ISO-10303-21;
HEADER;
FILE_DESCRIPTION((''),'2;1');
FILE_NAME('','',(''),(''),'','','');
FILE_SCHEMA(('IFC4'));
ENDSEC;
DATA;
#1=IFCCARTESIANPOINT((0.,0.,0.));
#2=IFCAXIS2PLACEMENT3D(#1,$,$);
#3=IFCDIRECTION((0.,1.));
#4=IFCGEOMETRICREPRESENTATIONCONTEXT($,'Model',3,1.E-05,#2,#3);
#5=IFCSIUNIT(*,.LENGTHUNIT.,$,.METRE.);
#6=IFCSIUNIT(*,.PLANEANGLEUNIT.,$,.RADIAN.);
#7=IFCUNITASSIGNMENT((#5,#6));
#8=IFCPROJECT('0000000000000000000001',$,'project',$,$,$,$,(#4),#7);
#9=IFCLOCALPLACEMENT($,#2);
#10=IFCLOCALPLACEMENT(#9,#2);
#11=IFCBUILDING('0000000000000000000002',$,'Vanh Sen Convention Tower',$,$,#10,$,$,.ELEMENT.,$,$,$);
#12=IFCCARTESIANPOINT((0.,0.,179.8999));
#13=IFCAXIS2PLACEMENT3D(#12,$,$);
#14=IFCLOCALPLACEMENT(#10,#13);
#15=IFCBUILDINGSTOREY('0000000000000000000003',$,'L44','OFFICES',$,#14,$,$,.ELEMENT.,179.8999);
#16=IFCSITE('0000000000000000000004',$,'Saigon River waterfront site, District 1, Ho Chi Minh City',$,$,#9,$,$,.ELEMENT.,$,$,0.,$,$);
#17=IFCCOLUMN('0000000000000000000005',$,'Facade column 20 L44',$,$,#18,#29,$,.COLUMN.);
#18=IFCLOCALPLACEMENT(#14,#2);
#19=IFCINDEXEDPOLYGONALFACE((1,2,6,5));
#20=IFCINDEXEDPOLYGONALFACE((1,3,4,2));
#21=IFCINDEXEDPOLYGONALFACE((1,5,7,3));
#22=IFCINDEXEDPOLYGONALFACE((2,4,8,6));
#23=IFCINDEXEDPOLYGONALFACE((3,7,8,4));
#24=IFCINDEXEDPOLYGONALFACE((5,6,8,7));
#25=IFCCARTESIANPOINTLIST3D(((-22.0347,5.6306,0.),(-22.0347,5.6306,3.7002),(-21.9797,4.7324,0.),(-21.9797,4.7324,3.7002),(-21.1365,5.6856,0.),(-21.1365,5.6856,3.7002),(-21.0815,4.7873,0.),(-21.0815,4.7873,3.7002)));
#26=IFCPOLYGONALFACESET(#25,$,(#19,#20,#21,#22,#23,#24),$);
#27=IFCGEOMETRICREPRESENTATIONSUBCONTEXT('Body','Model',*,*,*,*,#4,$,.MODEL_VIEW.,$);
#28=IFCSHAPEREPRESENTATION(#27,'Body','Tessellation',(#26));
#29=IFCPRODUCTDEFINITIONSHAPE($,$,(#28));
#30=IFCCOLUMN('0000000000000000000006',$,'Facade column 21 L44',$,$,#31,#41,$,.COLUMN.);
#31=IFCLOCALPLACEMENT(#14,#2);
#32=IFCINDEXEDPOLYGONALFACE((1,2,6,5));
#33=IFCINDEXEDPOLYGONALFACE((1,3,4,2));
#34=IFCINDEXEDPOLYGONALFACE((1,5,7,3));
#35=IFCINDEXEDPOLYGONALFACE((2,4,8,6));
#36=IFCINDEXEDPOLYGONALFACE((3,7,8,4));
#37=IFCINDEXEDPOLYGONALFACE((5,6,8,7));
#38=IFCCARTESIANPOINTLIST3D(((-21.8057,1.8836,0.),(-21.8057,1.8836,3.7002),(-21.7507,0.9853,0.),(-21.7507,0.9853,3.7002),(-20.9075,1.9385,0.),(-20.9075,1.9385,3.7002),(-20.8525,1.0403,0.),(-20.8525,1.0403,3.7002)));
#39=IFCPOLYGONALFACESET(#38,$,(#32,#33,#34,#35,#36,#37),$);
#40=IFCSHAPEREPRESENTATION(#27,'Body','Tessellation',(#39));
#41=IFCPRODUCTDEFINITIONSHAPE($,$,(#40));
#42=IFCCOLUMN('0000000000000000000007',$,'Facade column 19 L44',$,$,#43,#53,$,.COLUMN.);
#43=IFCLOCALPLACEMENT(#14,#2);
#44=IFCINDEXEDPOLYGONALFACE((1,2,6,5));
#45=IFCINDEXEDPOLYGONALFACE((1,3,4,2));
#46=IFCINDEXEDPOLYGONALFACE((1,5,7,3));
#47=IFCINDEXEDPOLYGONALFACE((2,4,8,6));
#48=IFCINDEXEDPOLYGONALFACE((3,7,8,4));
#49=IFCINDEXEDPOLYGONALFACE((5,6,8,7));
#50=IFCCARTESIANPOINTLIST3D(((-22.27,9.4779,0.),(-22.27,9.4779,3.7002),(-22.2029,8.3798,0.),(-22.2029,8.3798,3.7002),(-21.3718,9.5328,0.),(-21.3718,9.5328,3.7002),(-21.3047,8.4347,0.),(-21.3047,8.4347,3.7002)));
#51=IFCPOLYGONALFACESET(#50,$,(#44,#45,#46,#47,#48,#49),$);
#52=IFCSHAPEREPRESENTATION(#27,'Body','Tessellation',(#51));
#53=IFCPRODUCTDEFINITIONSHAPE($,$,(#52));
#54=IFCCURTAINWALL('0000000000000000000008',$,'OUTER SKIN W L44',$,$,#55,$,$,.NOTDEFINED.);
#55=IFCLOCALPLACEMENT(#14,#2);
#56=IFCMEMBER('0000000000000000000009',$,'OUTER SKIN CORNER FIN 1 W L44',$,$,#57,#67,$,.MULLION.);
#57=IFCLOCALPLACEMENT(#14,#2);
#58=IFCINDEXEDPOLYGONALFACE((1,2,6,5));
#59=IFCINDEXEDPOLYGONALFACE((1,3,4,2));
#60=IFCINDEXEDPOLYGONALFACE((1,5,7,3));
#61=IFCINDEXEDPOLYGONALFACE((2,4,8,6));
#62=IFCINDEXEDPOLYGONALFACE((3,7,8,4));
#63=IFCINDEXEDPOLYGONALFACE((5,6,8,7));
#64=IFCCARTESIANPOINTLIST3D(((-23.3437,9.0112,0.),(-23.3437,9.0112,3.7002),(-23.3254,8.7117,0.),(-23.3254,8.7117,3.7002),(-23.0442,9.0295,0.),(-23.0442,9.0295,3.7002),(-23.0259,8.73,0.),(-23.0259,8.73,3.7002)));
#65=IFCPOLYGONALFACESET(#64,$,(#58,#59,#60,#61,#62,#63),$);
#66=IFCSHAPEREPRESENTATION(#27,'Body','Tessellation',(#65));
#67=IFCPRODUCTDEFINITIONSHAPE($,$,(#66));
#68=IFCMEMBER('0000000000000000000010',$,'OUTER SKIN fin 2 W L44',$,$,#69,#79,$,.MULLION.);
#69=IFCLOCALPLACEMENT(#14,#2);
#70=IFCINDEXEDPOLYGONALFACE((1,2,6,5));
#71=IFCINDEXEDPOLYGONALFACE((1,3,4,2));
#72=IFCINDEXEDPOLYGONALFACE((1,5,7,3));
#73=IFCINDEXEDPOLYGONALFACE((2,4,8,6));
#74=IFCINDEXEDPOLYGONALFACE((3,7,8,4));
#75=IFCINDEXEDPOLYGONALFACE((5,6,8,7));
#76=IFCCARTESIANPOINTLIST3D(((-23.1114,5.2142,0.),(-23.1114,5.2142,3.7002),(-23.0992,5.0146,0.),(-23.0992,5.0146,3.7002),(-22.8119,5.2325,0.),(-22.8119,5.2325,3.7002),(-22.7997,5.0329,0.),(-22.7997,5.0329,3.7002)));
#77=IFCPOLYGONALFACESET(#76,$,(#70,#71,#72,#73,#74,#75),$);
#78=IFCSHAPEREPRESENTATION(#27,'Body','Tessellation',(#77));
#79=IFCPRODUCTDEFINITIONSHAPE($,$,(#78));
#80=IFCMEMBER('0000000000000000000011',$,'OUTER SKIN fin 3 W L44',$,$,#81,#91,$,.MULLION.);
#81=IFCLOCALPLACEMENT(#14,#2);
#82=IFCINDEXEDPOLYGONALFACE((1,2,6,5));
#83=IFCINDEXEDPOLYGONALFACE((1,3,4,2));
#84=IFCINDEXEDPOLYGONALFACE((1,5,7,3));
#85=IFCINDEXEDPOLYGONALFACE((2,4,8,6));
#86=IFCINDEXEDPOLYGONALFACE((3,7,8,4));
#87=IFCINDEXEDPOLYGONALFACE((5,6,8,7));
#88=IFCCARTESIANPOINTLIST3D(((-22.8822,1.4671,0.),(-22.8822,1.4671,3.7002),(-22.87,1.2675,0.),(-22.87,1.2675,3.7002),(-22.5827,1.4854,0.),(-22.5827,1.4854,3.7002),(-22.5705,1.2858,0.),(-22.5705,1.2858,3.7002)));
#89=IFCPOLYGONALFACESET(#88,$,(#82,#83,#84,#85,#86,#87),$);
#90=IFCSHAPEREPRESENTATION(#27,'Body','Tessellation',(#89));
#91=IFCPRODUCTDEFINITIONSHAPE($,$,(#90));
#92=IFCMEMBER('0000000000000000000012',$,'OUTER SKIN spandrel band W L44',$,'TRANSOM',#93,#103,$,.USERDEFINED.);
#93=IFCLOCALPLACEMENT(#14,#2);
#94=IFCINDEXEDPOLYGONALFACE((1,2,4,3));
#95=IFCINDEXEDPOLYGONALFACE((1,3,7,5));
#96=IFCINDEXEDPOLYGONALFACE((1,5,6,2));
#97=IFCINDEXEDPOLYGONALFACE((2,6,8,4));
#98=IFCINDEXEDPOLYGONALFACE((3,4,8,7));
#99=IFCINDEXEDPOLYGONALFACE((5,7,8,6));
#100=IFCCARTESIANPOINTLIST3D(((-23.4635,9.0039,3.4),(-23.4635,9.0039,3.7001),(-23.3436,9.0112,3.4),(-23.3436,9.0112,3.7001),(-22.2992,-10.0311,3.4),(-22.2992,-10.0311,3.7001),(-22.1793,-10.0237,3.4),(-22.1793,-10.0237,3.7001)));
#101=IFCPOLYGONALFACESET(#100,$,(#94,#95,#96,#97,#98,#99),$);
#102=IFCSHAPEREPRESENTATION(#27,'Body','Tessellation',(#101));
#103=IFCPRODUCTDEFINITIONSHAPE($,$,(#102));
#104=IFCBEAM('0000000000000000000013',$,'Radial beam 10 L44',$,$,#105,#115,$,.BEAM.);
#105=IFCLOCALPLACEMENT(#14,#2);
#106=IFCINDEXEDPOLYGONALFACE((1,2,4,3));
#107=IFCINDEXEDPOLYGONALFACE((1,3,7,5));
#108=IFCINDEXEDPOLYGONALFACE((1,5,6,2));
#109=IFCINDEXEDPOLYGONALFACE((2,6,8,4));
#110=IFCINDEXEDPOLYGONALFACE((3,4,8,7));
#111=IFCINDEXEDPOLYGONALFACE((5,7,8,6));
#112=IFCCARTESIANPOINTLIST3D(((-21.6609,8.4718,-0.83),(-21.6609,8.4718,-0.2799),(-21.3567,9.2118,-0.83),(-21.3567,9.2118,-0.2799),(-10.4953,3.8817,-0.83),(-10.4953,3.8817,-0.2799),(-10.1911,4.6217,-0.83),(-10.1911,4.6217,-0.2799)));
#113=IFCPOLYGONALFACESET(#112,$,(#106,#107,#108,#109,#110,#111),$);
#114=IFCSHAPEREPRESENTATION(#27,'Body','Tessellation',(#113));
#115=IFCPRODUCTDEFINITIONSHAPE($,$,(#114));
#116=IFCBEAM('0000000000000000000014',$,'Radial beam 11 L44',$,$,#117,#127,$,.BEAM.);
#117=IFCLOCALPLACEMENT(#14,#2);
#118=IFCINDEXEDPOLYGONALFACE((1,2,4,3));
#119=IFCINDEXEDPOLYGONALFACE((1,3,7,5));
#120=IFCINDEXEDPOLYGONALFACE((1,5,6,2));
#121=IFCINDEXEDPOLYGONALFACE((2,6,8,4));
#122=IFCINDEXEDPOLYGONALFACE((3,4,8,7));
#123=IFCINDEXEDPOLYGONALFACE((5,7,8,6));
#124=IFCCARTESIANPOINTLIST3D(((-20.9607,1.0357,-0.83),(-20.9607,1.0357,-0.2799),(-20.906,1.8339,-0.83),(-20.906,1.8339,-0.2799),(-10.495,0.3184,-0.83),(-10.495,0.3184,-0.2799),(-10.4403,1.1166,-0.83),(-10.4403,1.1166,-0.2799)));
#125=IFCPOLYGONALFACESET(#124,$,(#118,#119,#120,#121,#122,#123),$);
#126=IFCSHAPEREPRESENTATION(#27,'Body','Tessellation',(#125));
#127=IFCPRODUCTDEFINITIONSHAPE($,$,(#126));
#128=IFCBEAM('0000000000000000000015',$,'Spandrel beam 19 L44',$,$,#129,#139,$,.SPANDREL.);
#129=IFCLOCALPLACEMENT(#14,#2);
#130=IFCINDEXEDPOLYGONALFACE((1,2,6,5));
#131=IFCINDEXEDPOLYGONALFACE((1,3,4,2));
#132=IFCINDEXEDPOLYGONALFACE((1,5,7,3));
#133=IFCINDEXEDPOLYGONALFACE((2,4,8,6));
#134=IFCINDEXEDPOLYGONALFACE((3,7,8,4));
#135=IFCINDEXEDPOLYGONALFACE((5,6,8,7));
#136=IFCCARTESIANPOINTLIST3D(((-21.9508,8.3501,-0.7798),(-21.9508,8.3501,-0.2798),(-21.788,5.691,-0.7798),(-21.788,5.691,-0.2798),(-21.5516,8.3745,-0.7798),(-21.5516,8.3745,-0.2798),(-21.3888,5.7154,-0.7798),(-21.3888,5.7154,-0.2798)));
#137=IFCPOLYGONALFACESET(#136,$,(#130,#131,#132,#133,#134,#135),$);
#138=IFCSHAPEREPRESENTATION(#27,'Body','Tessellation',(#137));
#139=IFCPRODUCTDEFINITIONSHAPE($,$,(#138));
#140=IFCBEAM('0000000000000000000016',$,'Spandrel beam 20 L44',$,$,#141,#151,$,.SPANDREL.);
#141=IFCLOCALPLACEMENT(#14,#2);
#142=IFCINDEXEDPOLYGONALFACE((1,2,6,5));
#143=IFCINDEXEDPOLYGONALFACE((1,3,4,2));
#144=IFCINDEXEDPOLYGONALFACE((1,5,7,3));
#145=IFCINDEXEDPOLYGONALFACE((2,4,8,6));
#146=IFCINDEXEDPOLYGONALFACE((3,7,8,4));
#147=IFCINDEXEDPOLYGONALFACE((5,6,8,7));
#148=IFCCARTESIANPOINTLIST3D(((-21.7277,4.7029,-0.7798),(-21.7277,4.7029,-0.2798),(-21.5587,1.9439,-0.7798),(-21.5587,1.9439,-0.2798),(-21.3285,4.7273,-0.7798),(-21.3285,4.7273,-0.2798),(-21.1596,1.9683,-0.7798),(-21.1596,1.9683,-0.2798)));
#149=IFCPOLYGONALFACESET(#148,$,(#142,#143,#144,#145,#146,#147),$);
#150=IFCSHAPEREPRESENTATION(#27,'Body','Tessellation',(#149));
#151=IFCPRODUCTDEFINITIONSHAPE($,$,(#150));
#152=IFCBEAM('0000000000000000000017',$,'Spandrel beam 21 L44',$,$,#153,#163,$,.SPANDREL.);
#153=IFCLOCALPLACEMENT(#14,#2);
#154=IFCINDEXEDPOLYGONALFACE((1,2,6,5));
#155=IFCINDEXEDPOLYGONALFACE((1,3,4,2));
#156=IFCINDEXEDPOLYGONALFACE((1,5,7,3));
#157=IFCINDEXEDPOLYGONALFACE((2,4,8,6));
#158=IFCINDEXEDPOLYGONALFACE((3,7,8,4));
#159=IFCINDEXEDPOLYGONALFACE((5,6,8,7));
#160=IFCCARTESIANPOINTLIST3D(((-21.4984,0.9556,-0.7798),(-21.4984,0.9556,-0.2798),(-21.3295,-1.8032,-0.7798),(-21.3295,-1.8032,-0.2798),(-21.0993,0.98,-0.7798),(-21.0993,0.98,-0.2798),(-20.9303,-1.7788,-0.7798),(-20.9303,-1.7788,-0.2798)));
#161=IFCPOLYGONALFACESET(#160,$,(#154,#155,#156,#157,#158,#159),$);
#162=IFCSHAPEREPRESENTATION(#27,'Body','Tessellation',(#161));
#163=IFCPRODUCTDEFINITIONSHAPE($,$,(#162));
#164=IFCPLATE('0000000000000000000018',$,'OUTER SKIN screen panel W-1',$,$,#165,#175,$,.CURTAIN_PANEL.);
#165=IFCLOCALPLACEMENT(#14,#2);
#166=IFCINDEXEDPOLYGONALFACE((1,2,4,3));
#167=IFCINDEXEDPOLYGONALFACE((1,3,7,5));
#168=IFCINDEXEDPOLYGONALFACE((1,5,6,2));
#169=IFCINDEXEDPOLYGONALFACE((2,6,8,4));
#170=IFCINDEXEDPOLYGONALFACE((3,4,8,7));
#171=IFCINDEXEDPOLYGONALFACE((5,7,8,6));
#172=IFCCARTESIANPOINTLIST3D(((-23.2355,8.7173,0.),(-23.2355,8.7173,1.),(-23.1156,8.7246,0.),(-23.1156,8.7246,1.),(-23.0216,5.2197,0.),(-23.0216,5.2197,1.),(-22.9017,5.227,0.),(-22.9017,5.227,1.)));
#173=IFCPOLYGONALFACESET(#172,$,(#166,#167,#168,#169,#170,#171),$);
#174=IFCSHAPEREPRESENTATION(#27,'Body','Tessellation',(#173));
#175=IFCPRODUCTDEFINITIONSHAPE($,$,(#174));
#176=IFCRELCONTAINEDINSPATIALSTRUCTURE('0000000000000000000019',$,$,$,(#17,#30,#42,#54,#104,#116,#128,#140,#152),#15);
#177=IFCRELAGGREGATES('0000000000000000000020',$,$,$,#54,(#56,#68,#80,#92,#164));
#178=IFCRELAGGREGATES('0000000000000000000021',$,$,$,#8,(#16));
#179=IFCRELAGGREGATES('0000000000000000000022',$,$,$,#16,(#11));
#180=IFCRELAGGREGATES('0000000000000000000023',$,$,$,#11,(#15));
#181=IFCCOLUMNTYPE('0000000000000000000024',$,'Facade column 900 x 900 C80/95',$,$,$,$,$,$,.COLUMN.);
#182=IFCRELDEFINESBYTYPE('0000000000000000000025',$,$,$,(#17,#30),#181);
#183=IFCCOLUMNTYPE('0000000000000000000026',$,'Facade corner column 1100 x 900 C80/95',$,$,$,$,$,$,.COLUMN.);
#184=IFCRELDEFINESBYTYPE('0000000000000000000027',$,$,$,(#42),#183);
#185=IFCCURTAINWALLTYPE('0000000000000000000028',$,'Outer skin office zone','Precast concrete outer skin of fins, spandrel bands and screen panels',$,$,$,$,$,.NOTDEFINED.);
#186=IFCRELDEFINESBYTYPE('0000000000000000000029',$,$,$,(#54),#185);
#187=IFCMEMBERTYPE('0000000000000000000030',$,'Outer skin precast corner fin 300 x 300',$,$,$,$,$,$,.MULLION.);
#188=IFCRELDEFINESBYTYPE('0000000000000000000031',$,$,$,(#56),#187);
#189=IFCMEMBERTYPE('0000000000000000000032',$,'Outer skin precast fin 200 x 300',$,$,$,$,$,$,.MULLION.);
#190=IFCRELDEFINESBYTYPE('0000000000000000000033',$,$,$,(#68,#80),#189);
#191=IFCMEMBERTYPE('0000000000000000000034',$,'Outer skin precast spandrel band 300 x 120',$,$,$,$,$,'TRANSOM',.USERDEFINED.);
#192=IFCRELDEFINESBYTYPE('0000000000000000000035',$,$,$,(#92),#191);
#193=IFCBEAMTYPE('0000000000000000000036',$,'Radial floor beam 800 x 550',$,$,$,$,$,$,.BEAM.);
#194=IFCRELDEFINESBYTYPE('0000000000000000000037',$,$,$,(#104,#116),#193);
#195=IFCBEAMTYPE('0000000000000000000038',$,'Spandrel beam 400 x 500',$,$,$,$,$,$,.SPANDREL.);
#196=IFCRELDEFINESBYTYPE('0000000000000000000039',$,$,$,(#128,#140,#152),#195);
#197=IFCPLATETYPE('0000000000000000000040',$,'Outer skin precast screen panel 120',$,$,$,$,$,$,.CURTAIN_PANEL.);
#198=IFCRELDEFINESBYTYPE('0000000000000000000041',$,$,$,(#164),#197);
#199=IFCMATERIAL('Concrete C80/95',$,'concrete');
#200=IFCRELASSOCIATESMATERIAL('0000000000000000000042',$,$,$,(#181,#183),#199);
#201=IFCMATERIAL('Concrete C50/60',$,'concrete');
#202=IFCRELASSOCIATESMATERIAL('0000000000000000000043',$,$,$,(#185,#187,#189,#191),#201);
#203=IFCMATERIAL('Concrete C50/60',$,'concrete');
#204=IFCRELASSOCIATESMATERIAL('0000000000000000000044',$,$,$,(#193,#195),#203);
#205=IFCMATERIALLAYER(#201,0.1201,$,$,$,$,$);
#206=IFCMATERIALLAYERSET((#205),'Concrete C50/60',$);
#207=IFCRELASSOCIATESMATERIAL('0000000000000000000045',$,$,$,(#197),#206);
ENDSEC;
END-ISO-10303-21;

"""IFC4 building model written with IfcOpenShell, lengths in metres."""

from ifc_helpers import new_model, si_unit, direction, frame, origin, origin_2d, place, context, subcontext, project, spatial, rectangle, extrude, material, layer, layer_set, material_profile, profile_set, type_object, element, aggregate, save


model = new_model("IFC4")

# Units and contexts
model_context = context("Model", 3, precision=1e-05, world=origin(), true_north=direction((0.0, 1.0)))
body_context = subcontext(model_context, "Body", "Model", "MODEL_VIEW")
ifc_project = project(units=[si_unit("LENGTHUNIT", "METRE"), si_unit("PLANEANGLEUNIT", "RADIAN")], contexts=[model_context])

# Site, building, storey
site_placement = place(None, origin())
site = spatial("IfcSite", under=ifc_project, at=site_placement, Name="Saigon River waterfront site, District 1, Ho Chi Minh City", CompositionType="ELEMENT", RefElevation=0.0)
building_placement = place(site_placement, origin())
building = spatial("IfcBuilding", under=site, at=building_placement, Name="Vanh Sen Convention Tower", CompositionType="ELEMENT")
storey_placement = place(building_placement, frame((0.0, 0.0, 179.8999)))
storey = spatial("IfcBuildingStorey", under=building, at=storey_placement, Name="L44", Description="OFFICES", CompositionType="ELEMENT", Elevation=179.8999)

# Columns
ifc_material_1 = material(Name="Concrete C80/95", Category="concrete")
ifc_material_profile_1 = material_profile(ifc_material_1, rectangle(XDim=0.8999, YDim=0.8999, at=origin_2d()), Name="RC 900X900")
ifc_profile_set_1 = profile_set([ifc_material_profile_1], Name="Concrete C80/95")
column_type_1 = type_object("IfcColumnType", Name="Facade column 900 x 900 C80/95", PredefinedType="COLUMN", material=ifc_profile_set_1)
for number, where, z_axis, x_axis, name in (
    (1, (-21.5581, 5.209, 0.0), (0.0, 0.0, 1.0), (0.061049, -0.998135, 0.0), "Facade column 20 L44"),
    (2, (-21.3291, 1.4619, 0.0), (0.0, 0.0, 1.0), (0.061049, -0.998135, 0.0), "Facade column 21 L44"),
):
    element("IfcColumn", number, at=place(storey_placement, frame(where, z_axis=z_axis, x_axis=x_axis)), inside=storey, type_object=column_type_1, Name=name, PredefinedType="COLUMN", context=body_context, shape_type="SweptSolid", body=[
        extrude(rectangle(XDim=0.8999, YDim=0.8999, at=origin_2d()), origin(), (0.0, 0.0, 1.0), 3.7002),
    ])
ifc_material_profile_2 = material_profile(ifc_material_1, rectangle(XDim=1.1001, YDim=0.8999, at=origin_2d()), Name="RC 1100X900")
ifc_profile_set_2 = profile_set([ifc_material_profile_2], Name="Concrete C80/95")
column_type_2 = type_object("IfcColumnType", Name="Facade corner column 1100 x 900 C80/95", PredefinedType="COLUMN", material=ifc_profile_set_2)
column_placement = place(storey_placement, frame((-21.7874, 8.9563, 0.0), z_axis=(0.0, 0.0, 1.0), x_axis=(0.061049, -0.998135, 0.0)))
element("IfcColumn", 3, at=column_placement, inside=storey, type_object=column_type_2, Name="Facade column 19 L44", PredefinedType="COLUMN", context=body_context, shape_type="SweptSolid", body=[
    extrude(rectangle(XDim=1.1001, YDim=0.8999, at=origin_2d()), origin(), (0.0, 0.0, 1.0), 3.7002),
])

# Curtain wall, members
ifc_material_2 = material(Name="Concrete C50/60", Category="concrete")
curtain_wall_type = type_object("IfcCurtainWallType", Name="Outer skin office zone", Description="Precast concrete outer skin of fins, spandrel bands and screen panels", PredefinedType="NOTDEFINED", material=ifc_material_2)
curtain_wall_placement = place(storey_placement, origin())
curtain_wall = element("IfcCurtainWall", 4, at=curtain_wall_placement, inside=storey, type_object=curtain_wall_type, Name="OUTER SKIN W L44", PredefinedType="NOTDEFINED")
ifc_material_profile_3 = material_profile(ifc_material_2, rectangle(XDim=0.3, YDim=0.3, at=origin_2d()), Name="Outer skin precast corner fin 300 x 300")
ifc_profile_set_3 = profile_set([ifc_material_profile_3], Name="Concrete C50/60")
member_type_1 = type_object("IfcMemberType", Name="Outer skin precast corner fin 300 x 300", PredefinedType="MULLION", material=ifc_profile_set_3)
member_1_placement = place(storey_placement, frame((-23.1848, 8.8706, 0.0), z_axis=(0.0, 0.0, 1.0), x_axis=(0.061049, -0.998135, 0.0)))
member_1 = element("IfcMember", 5, at=member_1_placement, type_object=member_type_1, Name="OUTER SKIN CORNER FIN 1 W L44", PredefinedType="MULLION", context=body_context, shape_type="SweptSolid", body=[
    extrude(rectangle(XDim=0.3, YDim=0.3, at=origin_2d()), origin(), (0.0, 0.0, 1.0), 3.7002),
])
ifc_material_profile_4 = material_profile(ifc_material_2, rectangle(XDim=0.2, YDim=0.3, at=origin_2d()), Name="Outer skin precast fin 200 x 300")
ifc_profile_set_4 = profile_set([ifc_material_profile_4], Name="Concrete C50/60")
member_type_2 = type_object("IfcMemberType", Name="Outer skin precast fin 200 x 300", PredefinedType="MULLION", material=ifc_profile_set_4)
member_2_placement = place(storey_placement, frame((-22.9556, 5.1235, 0.0), z_axis=(0.0, 0.0, 1.0), x_axis=(0.061049, -0.998135, 0.0)))
member_2 = element("IfcMember", 6, at=member_2_placement, type_object=member_type_2, Name="OUTER SKIN fin 2 W L44", PredefinedType="MULLION", context=body_context, shape_type="SweptSolid", body=[
    extrude(rectangle(XDim=0.2, YDim=0.3, at=origin_2d()), origin(), (0.0, 0.0, 1.0), 3.7002),
])
member_3_placement = place(storey_placement, frame((-22.7263, 1.3765, 0.0), z_axis=(0.0, 0.0, 1.0), x_axis=(0.061049, -0.998135, 0.0)))
member_3 = element("IfcMember", 7, at=member_3_placement, type_object=member_type_2, Name="OUTER SKIN fin 3 W L44", PredefinedType="MULLION", context=body_context, shape_type="SweptSolid", body=[
    extrude(rectangle(XDim=0.2, YDim=0.3, at=origin_2d()), origin(), (0.0, 0.0, 1.0), 3.7002),
])
ifc_material_profile_5 = material_profile(ifc_material_2, rectangle(XDim=0.1201, YDim=0.3, at=origin_2d()), Name="Outer skin precast spandrel band 300 x 120")
ifc_profile_set_5 = profile_set([ifc_material_profile_5], Name="Concrete C50/60")
member_type_3 = type_object("IfcMemberType", Name="Outer skin precast spandrel band 300 x 120", ElementType="TRANSOM", PredefinedType="USERDEFINED", material=ifc_profile_set_5)
member_4_placement = place(storey_placement, frame((-23.4036, 9.0076, 3.55), z_axis=(0.061053, -0.998135, 0.0), x_axis=(0.998135, 0.061053, 0.0)))
member_4 = element("IfcMember", 8, at=member_4_placement, type_object=member_type_3, Name="OUTER SKIN spandrel band W L44", ObjectType="TRANSOM", PredefinedType="USERDEFINED", context=body_context, shape_type="SweptSolid", body=[
    extrude(rectangle(XDim=0.1201, YDim=0.3, at=origin_2d()), origin(), (0.0, 0.0, 1.0), 19.0706),
])

# Beams
ifc_material_3 = material(Name="Concrete C50/60", Category="concrete")
ifc_material_profile_6 = material_profile(ifc_material_3, rectangle(XDim=0.8, YDim=0.55, at=origin_2d()), Name="RC 800X550")
ifc_profile_set_6 = profile_set([ifc_material_profile_6], Name="Concrete C50/60")
beam_type_1 = type_object("IfcBeamType", Name="Radial floor beam 800 x 550", PredefinedType="BEAM", material=ifc_profile_set_6)
beam_1_placement = place(storey_placement, frame((-21.5088, 8.8418, -0.5549), z_axis=(0.924896, -0.38022, 0.0), x_axis=(0.38022, 0.924896, 0.0)))
element("IfcBeam", 9, at=beam_1_placement, inside=storey, type_object=beam_type_1, Name="Radial beam 10 L44", PredefinedType="BEAM", context=body_context, shape_type="SweptSolid", body=[
    extrude(rectangle(XDim=0.8, YDim=0.55, at=origin_2d()), origin(), (0.0, 0.0, 1.0), 12.0723),
])
beam_2_placement = place(storey_placement, frame((-20.9333, 1.4348, -0.5549), z_axis=(0.99766, -0.068377, 0.0), x_axis=(0.068377, 0.99766, 0.0)))
element("IfcBeam", 10, at=beam_2_placement, inside=storey, type_object=beam_type_1, Name="Radial beam 11 L44", PredefinedType="BEAM", context=body_context, shape_type="SweptSolid", body=[
    extrude(rectangle(XDim=0.8, YDim=0.55, at=origin_2d()), origin(), (0.0, 0.0, 1.0), 10.4902),
])
ifc_material_profile_7 = material_profile(ifc_material_3, rectangle(XDim=0.3999, YDim=0.5, at=origin_2d()), Name="RC 400X500")
ifc_profile_set_7 = profile_set([ifc_material_profile_7], Name="Concrete C50/60")
beam_type_2 = type_object("IfcBeamType", Name="Spandrel beam 400 x 500", PredefinedType="SPANDREL", material=ifc_profile_set_7)
beam_3_placement = place(storey_placement, frame((-21.7512, 8.3623, -0.5298), z_axis=(0.061123, -0.99813, 0.0), x_axis=(0.99813, 0.061123, 0.0)))
element("IfcBeam", 11, at=beam_3_placement, inside=storey, type_object=beam_type_2, Name="Spandrel beam 19 L44", PredefinedType="SPANDREL", context=body_context, shape_type="SweptSolid", body=[
    extrude(rectangle(XDim=0.3999, YDim=0.5, at=origin_2d()), origin(), (0.0, 0.0, 1.0), 2.6641),
])
beam_4_placement = place(storey_placement, frame((-21.5281, 4.7151, -0.5298), z_axis=(0.061119, -0.99813, 0.0), x_axis=(0.99813, 0.061119, 0.0)))
element("IfcBeam", 12, at=beam_4_placement, inside=storey, type_object=beam_type_2, Name="Spandrel beam 20 L44", PredefinedType="SPANDREL", context=body_context, shape_type="SweptSolid", body=[
    extrude(rectangle(XDim=0.3999, YDim=0.5, at=origin_2d()), origin(), (0.0, 0.0, 1.0), 2.7642),
])
beam_5_placement = place(storey_placement, frame((-21.2988, 0.9678, -0.5298), z_axis=(0.061124, -0.99813, 0.0), x_axis=(0.99813, 0.061124, 0.0)))
element("IfcBeam", 13, at=beam_5_placement, inside=storey, type_object=beam_type_2, Name="Spandrel beam 21 L44", PredefinedType="SPANDREL", context=body_context, shape_type="SweptSolid", body=[
    extrude(rectangle(XDim=0.3999, YDim=0.5, at=origin_2d()), origin(), (0.0, 0.0, 1.0), 2.7639),
])

# Plate
ifc_layer_1 = layer(ifc_material_2, 0.1201)
ifc_layer_set_1 = layer_set([ifc_layer_1], Name="Concrete C50/60")
plate_type = type_object("IfcPlateType", Name="Outer skin precast screen panel 120", PredefinedType="CURTAIN_PANEL", material=ifc_layer_set_1)
plate_1_placement = place(storey_placement, frame((-23.0686, 6.9722, 0.0), z_axis=(0.0, 0.0, 1.0), x_axis=(0.061054, -0.998134, 0.0)))
plate_1 = element("IfcPlate", 14, at=plate_1_placement, type_object=plate_type, Name="OUTER SKIN screen panel W-1", PredefinedType="CURTAIN_PANEL", context=body_context, shape_type="SweptSolid", body=[
    extrude(rectangle(XDim=3.5042, YDim=0.1201, at=origin_2d()), origin(), (0.0, 0.0, 1.0), 1.0),
])
aggregate(curtain_wall, [member_1, member_2, member_3, member_4, plate_1])

save(model, "model.ifc")
